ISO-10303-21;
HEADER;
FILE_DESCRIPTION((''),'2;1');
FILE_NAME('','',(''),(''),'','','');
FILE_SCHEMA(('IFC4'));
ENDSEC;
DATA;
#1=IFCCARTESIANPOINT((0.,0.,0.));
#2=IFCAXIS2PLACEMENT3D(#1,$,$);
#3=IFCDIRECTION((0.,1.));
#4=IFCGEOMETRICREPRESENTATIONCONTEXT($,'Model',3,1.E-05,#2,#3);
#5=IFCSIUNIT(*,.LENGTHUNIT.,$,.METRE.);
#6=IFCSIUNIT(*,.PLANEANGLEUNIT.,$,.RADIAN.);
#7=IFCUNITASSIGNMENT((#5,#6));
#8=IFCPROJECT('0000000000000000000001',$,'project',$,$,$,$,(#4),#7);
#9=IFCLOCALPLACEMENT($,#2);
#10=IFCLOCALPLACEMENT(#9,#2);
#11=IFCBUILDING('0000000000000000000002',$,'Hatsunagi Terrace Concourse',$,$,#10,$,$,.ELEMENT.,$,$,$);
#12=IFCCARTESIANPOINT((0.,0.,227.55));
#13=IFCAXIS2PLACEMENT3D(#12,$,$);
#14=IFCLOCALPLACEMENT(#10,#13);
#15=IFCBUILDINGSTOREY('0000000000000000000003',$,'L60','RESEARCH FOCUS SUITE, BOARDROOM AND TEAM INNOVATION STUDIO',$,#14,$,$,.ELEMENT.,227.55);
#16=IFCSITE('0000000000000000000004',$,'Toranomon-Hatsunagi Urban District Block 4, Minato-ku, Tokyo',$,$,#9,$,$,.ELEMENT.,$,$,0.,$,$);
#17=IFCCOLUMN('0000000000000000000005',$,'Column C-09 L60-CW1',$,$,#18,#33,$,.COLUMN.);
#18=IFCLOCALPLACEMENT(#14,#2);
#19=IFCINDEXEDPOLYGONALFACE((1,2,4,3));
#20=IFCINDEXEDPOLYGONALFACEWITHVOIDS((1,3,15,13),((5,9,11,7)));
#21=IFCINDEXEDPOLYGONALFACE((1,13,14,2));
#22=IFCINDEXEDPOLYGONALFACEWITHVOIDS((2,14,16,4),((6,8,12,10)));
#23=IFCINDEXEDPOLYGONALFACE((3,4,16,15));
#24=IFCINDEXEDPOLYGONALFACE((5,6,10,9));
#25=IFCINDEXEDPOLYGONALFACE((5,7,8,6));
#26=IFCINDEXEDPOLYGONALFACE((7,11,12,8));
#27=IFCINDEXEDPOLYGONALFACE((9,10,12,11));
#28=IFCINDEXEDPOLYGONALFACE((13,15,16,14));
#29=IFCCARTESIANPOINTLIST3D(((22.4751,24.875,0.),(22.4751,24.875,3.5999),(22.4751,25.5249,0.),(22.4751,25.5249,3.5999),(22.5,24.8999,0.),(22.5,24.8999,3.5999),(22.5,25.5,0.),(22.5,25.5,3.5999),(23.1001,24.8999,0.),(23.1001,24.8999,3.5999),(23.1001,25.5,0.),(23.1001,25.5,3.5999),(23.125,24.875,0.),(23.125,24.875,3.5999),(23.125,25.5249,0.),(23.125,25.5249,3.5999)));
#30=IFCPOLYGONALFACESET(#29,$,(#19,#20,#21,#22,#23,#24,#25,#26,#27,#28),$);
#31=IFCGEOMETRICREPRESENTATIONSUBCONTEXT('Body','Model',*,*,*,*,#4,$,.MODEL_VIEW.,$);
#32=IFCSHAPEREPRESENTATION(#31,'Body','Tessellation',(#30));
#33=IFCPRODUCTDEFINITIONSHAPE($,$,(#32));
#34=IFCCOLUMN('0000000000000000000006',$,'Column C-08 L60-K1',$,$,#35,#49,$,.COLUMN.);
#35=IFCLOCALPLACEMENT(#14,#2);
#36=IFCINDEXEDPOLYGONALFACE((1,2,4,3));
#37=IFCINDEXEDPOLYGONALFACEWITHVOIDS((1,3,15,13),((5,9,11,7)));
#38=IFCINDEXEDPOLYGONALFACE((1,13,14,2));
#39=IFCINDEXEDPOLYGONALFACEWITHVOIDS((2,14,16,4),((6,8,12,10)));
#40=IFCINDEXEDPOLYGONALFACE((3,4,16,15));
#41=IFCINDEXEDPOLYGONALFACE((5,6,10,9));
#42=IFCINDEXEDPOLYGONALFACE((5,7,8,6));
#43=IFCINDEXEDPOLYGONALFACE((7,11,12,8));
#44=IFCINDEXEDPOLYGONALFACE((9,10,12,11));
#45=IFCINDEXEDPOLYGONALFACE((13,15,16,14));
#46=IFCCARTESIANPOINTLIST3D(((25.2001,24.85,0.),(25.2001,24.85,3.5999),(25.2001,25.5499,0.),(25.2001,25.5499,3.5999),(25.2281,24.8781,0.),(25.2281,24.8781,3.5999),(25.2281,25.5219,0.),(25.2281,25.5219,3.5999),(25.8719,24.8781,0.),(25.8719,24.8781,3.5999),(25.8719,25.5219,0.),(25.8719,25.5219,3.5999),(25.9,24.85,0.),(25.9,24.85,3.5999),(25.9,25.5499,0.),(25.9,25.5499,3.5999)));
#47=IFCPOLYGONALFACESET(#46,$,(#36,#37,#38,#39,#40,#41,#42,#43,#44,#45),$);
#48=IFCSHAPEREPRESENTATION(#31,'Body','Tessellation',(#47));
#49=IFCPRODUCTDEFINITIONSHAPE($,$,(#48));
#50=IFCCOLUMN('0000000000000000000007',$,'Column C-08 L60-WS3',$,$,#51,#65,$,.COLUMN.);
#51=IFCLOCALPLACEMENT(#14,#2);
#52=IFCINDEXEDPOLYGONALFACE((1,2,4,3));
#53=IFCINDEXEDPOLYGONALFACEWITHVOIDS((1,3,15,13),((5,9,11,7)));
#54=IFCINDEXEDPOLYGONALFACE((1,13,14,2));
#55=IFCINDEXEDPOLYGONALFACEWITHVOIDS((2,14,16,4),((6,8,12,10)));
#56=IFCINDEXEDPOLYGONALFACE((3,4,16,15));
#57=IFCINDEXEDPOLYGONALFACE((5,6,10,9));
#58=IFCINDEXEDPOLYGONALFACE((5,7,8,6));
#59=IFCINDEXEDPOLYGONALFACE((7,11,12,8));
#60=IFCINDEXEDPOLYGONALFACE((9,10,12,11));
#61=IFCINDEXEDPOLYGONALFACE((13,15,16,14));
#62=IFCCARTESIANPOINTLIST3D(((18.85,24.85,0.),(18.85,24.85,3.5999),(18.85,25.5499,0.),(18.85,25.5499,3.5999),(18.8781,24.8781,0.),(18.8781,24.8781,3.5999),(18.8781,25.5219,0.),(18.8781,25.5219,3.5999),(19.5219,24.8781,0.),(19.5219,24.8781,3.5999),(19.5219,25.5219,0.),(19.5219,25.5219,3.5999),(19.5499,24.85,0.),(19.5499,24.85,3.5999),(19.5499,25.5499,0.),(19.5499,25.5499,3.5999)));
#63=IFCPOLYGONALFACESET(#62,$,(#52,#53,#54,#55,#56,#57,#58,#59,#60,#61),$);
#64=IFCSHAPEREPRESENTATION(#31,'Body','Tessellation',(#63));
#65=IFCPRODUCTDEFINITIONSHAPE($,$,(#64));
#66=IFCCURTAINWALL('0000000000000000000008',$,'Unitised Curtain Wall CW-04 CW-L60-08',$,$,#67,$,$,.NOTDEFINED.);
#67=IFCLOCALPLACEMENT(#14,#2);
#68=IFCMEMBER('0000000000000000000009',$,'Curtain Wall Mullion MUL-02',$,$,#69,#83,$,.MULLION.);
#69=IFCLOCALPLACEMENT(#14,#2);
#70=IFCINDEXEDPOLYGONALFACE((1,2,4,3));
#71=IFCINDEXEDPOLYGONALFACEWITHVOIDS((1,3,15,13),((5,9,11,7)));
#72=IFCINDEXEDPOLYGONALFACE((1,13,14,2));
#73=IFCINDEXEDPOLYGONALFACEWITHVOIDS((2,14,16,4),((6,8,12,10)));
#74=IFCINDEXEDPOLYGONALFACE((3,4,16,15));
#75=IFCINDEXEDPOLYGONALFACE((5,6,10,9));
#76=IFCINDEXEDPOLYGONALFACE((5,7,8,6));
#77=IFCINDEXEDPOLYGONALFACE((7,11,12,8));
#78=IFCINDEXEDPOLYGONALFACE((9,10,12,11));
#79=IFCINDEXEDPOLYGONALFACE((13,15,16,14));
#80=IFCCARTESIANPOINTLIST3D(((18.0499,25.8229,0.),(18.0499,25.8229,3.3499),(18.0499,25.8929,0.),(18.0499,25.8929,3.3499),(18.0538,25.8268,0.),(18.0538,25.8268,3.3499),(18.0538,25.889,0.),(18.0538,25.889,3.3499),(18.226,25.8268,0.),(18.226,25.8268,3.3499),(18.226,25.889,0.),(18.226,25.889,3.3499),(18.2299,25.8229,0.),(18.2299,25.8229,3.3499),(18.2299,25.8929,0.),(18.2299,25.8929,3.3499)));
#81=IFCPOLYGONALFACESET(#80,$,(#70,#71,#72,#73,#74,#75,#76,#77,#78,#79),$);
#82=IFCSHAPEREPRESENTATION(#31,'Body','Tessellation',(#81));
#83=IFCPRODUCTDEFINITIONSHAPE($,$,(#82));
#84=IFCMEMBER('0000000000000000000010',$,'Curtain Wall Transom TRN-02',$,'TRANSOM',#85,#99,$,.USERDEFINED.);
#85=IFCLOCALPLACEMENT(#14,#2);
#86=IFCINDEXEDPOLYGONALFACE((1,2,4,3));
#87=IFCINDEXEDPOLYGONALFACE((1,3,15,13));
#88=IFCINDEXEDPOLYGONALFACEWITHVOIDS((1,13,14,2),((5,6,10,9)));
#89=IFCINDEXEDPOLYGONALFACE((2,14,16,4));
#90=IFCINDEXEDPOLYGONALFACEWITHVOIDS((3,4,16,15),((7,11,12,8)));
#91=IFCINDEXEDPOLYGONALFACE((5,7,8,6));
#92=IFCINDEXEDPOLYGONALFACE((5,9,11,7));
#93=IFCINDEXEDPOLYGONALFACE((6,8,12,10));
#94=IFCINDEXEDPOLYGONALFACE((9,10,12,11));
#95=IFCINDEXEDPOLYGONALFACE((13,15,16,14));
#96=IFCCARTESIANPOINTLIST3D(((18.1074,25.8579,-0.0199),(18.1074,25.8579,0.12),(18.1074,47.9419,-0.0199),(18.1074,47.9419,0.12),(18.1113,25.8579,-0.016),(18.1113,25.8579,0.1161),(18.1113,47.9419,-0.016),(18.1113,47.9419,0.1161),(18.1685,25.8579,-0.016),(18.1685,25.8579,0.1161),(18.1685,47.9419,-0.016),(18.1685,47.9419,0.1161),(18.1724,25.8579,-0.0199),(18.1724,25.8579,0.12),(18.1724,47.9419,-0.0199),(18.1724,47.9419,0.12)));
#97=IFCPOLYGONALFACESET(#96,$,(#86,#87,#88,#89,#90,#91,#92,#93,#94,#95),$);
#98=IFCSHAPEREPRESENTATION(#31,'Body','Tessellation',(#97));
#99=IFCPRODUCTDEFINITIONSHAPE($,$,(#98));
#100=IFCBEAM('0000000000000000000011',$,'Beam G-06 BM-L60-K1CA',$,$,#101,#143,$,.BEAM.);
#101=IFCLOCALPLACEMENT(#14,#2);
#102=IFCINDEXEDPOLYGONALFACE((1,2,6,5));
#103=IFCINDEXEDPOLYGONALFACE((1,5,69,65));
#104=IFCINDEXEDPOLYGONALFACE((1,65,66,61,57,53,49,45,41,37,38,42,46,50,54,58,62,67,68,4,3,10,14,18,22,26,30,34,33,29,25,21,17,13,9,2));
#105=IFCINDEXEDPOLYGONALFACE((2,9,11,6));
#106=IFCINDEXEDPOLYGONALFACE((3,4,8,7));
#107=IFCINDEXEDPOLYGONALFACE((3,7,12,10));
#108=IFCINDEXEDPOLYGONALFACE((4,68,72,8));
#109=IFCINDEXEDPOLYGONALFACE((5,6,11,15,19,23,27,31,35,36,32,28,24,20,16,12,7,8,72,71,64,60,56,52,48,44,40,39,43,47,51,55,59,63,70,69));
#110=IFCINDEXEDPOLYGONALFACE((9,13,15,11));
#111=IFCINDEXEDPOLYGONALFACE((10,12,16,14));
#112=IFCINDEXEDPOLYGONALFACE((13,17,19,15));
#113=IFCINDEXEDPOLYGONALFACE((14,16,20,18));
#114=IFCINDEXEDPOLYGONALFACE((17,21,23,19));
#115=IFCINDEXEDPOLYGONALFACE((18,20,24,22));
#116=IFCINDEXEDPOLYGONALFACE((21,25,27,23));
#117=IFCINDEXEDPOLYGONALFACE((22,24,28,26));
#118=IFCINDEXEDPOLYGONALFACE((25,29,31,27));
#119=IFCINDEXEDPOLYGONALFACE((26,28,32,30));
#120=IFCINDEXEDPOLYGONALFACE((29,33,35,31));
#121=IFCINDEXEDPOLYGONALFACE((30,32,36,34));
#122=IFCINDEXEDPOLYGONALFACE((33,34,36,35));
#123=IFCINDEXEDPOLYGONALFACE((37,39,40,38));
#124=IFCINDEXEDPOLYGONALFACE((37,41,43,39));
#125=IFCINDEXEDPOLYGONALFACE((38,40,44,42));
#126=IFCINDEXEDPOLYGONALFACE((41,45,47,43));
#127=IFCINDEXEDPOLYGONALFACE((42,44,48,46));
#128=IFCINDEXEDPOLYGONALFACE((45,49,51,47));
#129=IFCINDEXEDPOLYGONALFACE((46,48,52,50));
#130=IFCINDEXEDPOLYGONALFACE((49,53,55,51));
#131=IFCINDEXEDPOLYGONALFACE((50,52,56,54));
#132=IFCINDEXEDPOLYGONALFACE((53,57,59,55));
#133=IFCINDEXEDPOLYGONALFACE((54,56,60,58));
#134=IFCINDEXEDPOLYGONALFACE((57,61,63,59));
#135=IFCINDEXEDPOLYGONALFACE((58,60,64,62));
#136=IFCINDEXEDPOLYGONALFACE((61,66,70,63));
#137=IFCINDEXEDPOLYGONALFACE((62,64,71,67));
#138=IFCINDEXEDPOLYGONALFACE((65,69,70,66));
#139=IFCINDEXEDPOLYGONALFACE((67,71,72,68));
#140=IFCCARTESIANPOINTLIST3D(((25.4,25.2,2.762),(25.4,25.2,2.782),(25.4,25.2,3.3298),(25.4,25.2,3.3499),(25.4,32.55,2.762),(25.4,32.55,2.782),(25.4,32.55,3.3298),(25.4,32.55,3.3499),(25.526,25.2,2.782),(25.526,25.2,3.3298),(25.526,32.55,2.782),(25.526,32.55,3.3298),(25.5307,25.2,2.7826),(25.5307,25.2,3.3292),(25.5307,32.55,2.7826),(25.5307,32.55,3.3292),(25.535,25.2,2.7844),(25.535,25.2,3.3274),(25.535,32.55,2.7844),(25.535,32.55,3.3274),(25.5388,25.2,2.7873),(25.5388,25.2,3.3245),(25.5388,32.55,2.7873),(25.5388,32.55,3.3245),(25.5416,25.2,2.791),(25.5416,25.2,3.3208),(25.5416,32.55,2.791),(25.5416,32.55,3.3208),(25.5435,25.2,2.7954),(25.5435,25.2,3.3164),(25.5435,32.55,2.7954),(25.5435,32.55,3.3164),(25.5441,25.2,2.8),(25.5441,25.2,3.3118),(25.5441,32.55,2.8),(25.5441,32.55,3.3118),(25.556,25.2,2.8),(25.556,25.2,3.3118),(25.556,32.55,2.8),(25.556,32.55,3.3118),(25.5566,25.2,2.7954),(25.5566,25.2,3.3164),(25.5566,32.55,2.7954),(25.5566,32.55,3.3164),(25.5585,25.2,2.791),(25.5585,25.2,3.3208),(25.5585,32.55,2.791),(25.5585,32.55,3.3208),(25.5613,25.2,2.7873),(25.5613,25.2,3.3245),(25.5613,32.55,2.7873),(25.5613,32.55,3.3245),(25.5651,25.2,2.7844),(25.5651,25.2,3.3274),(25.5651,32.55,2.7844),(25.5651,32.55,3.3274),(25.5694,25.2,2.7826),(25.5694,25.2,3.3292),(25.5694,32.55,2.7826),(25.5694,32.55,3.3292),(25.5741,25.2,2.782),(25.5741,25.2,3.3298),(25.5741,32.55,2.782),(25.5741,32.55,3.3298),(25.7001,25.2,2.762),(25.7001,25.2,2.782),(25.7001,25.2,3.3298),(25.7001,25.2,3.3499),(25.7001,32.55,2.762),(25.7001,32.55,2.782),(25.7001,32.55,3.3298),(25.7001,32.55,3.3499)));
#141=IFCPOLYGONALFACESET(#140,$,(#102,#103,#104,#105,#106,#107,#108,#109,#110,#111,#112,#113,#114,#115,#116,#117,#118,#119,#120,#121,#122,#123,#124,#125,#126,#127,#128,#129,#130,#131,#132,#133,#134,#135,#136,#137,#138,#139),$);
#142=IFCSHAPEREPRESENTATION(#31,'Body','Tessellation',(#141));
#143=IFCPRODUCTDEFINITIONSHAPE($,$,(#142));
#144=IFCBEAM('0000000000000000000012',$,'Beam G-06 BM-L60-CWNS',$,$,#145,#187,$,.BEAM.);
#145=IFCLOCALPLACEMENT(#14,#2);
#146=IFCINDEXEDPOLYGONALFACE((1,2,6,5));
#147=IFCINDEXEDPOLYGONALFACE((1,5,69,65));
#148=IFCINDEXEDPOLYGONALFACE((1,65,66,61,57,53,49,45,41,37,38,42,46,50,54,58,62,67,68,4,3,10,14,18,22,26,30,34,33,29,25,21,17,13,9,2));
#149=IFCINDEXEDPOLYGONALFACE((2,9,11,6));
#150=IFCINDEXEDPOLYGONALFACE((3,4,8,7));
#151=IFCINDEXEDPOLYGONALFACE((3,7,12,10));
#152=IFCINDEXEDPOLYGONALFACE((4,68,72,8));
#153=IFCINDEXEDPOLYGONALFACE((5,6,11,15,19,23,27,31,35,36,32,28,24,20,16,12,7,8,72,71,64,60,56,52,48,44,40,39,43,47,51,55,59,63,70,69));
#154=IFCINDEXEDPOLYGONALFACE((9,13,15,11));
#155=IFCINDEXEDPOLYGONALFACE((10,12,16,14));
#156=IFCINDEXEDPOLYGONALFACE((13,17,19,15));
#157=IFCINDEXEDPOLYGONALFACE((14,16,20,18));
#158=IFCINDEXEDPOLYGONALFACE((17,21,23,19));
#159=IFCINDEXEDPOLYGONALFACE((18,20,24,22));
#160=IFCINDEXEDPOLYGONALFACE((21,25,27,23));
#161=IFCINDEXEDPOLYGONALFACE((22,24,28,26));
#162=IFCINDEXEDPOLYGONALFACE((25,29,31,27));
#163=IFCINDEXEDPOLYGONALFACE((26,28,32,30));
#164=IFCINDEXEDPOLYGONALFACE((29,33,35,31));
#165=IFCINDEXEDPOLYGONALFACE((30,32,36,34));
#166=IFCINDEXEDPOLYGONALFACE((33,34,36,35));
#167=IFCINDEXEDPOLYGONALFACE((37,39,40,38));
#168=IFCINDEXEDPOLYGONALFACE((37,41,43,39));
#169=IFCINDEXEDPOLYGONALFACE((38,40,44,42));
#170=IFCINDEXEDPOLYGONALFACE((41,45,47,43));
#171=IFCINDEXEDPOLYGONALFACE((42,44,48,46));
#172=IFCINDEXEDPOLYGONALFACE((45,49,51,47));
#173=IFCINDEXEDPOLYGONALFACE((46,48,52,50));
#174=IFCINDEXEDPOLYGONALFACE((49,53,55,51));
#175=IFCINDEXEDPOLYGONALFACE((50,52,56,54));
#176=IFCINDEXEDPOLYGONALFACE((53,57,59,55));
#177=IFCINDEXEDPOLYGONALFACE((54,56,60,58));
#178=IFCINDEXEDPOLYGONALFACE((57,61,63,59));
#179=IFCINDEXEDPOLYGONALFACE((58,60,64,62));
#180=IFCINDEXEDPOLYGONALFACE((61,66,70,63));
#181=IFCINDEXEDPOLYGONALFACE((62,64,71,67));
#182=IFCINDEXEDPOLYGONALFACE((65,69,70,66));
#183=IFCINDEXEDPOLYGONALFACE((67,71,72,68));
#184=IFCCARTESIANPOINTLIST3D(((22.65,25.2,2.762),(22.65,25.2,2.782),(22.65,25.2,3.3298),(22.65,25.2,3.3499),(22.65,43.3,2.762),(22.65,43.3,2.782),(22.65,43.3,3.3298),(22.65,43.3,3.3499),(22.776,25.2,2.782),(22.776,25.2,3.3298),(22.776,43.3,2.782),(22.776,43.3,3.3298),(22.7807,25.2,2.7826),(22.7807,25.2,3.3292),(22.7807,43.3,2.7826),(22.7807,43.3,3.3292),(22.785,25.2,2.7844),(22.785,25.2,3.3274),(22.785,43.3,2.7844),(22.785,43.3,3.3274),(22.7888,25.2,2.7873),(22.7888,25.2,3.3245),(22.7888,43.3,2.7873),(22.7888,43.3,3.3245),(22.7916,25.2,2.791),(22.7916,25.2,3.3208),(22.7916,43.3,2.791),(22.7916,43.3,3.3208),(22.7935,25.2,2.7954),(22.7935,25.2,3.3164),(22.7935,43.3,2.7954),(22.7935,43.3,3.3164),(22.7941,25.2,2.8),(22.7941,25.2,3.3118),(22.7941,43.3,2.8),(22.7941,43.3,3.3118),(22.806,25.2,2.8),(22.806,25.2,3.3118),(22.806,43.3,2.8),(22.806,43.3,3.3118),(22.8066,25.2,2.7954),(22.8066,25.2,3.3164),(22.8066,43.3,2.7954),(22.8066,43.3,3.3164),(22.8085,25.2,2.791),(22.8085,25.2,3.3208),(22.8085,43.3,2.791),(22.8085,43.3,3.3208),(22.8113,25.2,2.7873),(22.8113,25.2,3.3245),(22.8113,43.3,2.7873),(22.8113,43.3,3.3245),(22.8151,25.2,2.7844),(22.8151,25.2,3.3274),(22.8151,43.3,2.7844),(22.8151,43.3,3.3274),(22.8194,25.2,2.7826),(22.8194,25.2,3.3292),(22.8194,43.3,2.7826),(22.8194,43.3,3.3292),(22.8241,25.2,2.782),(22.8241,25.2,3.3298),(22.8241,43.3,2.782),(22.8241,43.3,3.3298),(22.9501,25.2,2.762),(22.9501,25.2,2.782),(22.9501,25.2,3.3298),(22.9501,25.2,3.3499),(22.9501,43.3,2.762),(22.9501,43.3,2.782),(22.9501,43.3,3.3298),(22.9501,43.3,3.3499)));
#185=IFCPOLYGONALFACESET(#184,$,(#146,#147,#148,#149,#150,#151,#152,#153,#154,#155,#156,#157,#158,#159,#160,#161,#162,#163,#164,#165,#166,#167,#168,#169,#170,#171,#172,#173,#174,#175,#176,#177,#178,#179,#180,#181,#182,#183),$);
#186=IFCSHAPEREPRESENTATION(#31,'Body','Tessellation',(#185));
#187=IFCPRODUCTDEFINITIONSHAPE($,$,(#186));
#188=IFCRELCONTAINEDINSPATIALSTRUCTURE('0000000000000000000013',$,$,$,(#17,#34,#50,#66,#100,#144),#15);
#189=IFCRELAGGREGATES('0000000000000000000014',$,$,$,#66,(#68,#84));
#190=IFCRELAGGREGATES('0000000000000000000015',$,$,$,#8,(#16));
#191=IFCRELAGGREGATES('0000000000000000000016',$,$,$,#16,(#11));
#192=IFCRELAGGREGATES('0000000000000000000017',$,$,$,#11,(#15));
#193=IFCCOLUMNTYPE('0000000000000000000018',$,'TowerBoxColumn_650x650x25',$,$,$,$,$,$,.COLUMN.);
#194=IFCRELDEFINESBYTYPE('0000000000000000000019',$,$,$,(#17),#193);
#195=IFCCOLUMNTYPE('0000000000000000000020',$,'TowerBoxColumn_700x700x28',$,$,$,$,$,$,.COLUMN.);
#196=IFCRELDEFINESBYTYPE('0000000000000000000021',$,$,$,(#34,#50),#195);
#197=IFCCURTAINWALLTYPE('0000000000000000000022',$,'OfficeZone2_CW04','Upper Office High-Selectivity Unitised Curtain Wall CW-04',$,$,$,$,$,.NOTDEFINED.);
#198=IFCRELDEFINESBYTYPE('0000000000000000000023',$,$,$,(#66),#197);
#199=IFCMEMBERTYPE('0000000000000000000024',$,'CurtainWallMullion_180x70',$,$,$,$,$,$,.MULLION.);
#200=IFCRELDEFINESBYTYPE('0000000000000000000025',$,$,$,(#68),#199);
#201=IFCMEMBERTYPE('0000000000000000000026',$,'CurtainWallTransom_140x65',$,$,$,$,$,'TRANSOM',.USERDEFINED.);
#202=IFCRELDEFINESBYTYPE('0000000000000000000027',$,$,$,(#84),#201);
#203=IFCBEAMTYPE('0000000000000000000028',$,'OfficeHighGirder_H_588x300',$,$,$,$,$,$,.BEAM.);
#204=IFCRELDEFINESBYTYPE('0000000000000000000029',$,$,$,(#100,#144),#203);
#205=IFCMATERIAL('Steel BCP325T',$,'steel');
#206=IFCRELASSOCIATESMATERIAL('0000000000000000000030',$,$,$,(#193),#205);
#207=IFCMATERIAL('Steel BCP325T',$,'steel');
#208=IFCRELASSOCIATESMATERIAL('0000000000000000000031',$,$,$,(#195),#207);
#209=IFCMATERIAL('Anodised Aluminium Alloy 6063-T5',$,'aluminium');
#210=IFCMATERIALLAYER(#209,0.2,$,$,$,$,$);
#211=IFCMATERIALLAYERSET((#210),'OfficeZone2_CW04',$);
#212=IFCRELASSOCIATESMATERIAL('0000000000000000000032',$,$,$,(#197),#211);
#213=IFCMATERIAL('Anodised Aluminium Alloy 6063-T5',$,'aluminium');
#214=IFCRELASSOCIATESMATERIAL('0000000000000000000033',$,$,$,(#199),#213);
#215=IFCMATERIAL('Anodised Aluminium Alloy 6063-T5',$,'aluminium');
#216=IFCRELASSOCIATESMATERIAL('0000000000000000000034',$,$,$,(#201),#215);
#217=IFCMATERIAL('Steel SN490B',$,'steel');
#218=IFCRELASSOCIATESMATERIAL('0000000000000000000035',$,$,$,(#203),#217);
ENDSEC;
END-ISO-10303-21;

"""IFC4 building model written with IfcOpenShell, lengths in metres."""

from ifc_helpers import new_model, si_unit, direction, frame, origin, origin_2d, place, context, subcontext, project, spatial, hollow_rectangle, i_section, extrude, material, layer, layer_set, material_profile, profile_set, type_object, element, aggregate, save


model = new_model("IFC4")

# Units and contexts
model_context = context("Model", 3, precision=1e-05, world=origin(), true_north=direction((0.0, 1.0)))
body_context = subcontext(model_context, "Body", "Model", "MODEL_VIEW")
ifc_project = project(units=[si_unit("LENGTHUNIT", "METRE"), si_unit("PLANEANGLEUNIT", "RADIAN")], contexts=[model_context])

# Site, building, storey
site_placement = place(None, origin())
site = spatial("IfcSite", under=ifc_project, at=site_placement, Name="Toranomon-Hatsunagi Urban District Block 4, Minato-ku, Tokyo", CompositionType="ELEMENT", RefElevation=0.0)
building_placement = place(site_placement, origin())
building = spatial("IfcBuilding", under=site, at=building_placement, Name="Hatsunagi Terrace Concourse", CompositionType="ELEMENT")
storey_placement = place(building_placement, frame((0.0, 0.0, 227.55)))
storey = spatial("IfcBuildingStorey", under=building, at=storey_placement, Name="L60", Description="RESEARCH FOCUS SUITE, BOARDROOM AND TEAM INNOVATION STUDIO", CompositionType="ELEMENT", Elevation=227.55)

# Columns
ifc_material_1 = material(Name="Steel BCP325T", Category="steel")
ifc_material_profile_1 = material_profile(ifc_material_1, hollow_rectangle(XDim=0.6499, YDim=0.6499, WallThickness=0.0249, at=origin_2d()), Name="BCP-650x650x25")
ifc_profile_set_1 = profile_set([ifc_material_profile_1], Name="Steel BCP325T")
column_type_1 = type_object("IfcColumnType", Name="TowerBoxColumn_650x650x25", PredefinedType="COLUMN", material=ifc_profile_set_1)
column_placement = place(storey_placement, frame((22.8, 25.2, 0.0), z_axis=(0.0, 0.0, 1.0), x_axis=(1.0, 0.0, 0.0)))
element("IfcColumn", 1, at=column_placement, inside=storey, type_object=column_type_1, Name="Column C-09 L60-CW1", PredefinedType="COLUMN", context=body_context, shape_type="SweptSolid", body=[
    extrude(hollow_rectangle(XDim=0.6499, YDim=0.6499, WallThickness=0.0249, at=origin_2d()), origin(), (0.0, 0.0, 1.0), 3.5999),
])
ifc_material_2 = material(Name="Steel BCP325T", Category="steel")
ifc_material_profile_2 = material_profile(ifc_material_2, hollow_rectangle(XDim=0.7, YDim=0.7, WallThickness=0.0281, at=origin_2d()), Name="BCP-700x700x28")
ifc_profile_set_2 = profile_set([ifc_material_profile_2], Name="Steel BCP325T")
column_type_2 = type_object("IfcColumnType", Name="TowerBoxColumn_700x700x28", PredefinedType="COLUMN", material=ifc_profile_set_2)
for number, where, z_axis, x_axis, name in (
    (2, (25.55, 25.2, 0.0), (0.0, 0.0, 1.0), (1.0, 0.0, 0.0), "Column C-08 L60-K1"),
    (3, (19.2, 25.2, 0.0), (0.0, 0.0, 1.0), (1.0, 0.0, 0.0), "Column C-08 L60-WS3"),
):
    element("IfcColumn", number, at=place(storey_placement, frame(where, z_axis=z_axis, x_axis=x_axis)), inside=storey, type_object=column_type_2, Name=name, PredefinedType="COLUMN", context=body_context, shape_type="SweptSolid", body=[
        extrude(hollow_rectangle(XDim=0.7, YDim=0.7, WallThickness=0.0281, at=origin_2d()), origin(), (0.0, 0.0, 1.0), 3.5999),
    ])

# Curtain wall, members
ifc_material_3 = material(Name="Anodised Aluminium Alloy 6063-T5", Category="aluminium")
ifc_layer_1 = layer(ifc_material_3, 0.2)
ifc_layer_set_1 = layer_set([ifc_layer_1], Name="OfficeZone2_CW04")
curtain_wall_type = type_object("IfcCurtainWallType", Name="OfficeZone2_CW04", Description="Upper Office High-Selectivity Unitised Curtain Wall CW-04", PredefinedType="NOTDEFINED", material=ifc_layer_set_1)
curtain_wall_placement = place(storey_placement, origin())
curtain_wall = element("IfcCurtainWall", 4, at=curtain_wall_placement, inside=storey, type_object=curtain_wall_type, Name="Unitised Curtain Wall CW-04 CW-L60-08", PredefinedType="NOTDEFINED")
ifc_material_4 = material(Name="Anodised Aluminium Alloy 6063-T5", Category="aluminium")
ifc_material_profile_3 = material_profile(ifc_material_4, hollow_rectangle(XDim=0.0701, YDim=0.1799, WallThickness=0.0039, at=origin_2d()), Name="ALU-MUL-180x70x4")
ifc_profile_set_3 = profile_set([ifc_material_profile_3], Name="Anodised Aluminium Alloy 6063-T5")
member_type_1 = type_object("IfcMemberType", Name="CurtainWallMullion_180x70", PredefinedType="MULLION", material=ifc_profile_set_3)
member_1_placement = place(storey_placement, frame((18.1399, 25.8579, 0.0), z_axis=(0.0, 0.0, 1.0), x_axis=(0.0, 1.0, 0.0)))
member_1 = element("IfcMember", 5, at=member_1_placement, type_object=member_type_1, Name="Curtain Wall Mullion MUL-02", PredefinedType="MULLION", context=body_context, shape_type="SweptSolid", body=[
    extrude(hollow_rectangle(XDim=0.0701, YDim=0.1799, WallThickness=0.0039, at=origin_2d()), origin(), (0.0, 0.0, 1.0), 3.3499),
])
ifc_material_5 = material(Name="Anodised Aluminium Alloy 6063-T5", Category="aluminium")
ifc_material_profile_4 = material_profile(ifc_material_5, hollow_rectangle(XDim=0.0649, YDim=0.1399, WallThickness=0.0039, at=origin_2d()), Name="ALU-TRN-140x65x4")
ifc_profile_set_4 = profile_set([ifc_material_profile_4], Name="Anodised Aluminium Alloy 6063-T5")
member_type_2 = type_object("IfcMemberType", Name="CurtainWallTransom_140x65", ElementType="TRANSOM", PredefinedType="USERDEFINED", material=ifc_profile_set_4)
member_2_placement = place(storey_placement, frame((18.1399, 25.8579, 0.05), z_axis=(0.0, 1.0, 0.0), x_axis=(-1.0, 0.0, 0.0)))
member_2 = element("IfcMember", 6, at=member_2_placement, type_object=member_type_2, Name="Curtain Wall Transom TRN-02", ObjectType="TRANSOM", PredefinedType="USERDEFINED", context=body_context, shape_type="SweptSolid", body=[
    extrude(hollow_rectangle(XDim=0.0649, YDim=0.1399, WallThickness=0.0039, at=origin_2d()), origin(), (0.0, 0.0, 1.0), 22.084),
])
aggregate(curtain_wall, [member_1, member_2])

# Beams
ifc_material_6 = material(Name="Steel SN490B", Category="steel")
ifc_material_profile_5 = material_profile(ifc_material_6, i_section(OverallWidth=0.3, OverallDepth=0.5879, WebThickness=0.012, FlangeThickness=0.02, FilletRadius=0.0181, at=origin_2d()), Name="H-588x300x12x20")
ifc_profile_set_5 = profile_set([ifc_material_profile_5], Name="Steel SN490B")
beam_type_1 = type_object("IfcBeamType", Name="OfficeHighGirder_H_588x300", PredefinedType="BEAM", material=ifc_profile_set_5)
beam_1_placement = place(storey_placement, frame((25.55, 25.2, 3.0559), z_axis=(0.0, 1.0, 0.0), x_axis=(-1.0, 0.0, 0.0)))
element("IfcBeam", 7, at=beam_1_placement, inside=storey, type_object=beam_type_1, Name="Beam G-06 BM-L60-K1CA", PredefinedType="BEAM", context=body_context, shape_type="SweptSolid", body=[
    extrude(i_section(OverallWidth=0.3, OverallDepth=0.5879, WebThickness=0.012, FlangeThickness=0.02, FilletRadius=0.0181, at=origin_2d()), origin(), (0.0, 0.0, 1.0), 7.3501),
])
beam_2_placement = place(storey_placement, frame((22.8, 25.2, 3.0559), z_axis=(0.0, 1.0, 0.0), x_axis=(-1.0, 0.0, 0.0)))
element("IfcBeam", 8, at=beam_2_placement, inside=storey, type_object=beam_type_1, Name="Beam G-06 BM-L60-CWNS", PredefinedType="BEAM", context=body_context, shape_type="SweptSolid", body=[
    extrude(i_section(OverallWidth=0.3, OverallDepth=0.5879, WebThickness=0.012, FlangeThickness=0.02, FilletRadius=0.0181, at=origin_2d()), origin(), (0.0, 0.0, 1.0), 18.1001),
])

save(model, "model.ifc")
